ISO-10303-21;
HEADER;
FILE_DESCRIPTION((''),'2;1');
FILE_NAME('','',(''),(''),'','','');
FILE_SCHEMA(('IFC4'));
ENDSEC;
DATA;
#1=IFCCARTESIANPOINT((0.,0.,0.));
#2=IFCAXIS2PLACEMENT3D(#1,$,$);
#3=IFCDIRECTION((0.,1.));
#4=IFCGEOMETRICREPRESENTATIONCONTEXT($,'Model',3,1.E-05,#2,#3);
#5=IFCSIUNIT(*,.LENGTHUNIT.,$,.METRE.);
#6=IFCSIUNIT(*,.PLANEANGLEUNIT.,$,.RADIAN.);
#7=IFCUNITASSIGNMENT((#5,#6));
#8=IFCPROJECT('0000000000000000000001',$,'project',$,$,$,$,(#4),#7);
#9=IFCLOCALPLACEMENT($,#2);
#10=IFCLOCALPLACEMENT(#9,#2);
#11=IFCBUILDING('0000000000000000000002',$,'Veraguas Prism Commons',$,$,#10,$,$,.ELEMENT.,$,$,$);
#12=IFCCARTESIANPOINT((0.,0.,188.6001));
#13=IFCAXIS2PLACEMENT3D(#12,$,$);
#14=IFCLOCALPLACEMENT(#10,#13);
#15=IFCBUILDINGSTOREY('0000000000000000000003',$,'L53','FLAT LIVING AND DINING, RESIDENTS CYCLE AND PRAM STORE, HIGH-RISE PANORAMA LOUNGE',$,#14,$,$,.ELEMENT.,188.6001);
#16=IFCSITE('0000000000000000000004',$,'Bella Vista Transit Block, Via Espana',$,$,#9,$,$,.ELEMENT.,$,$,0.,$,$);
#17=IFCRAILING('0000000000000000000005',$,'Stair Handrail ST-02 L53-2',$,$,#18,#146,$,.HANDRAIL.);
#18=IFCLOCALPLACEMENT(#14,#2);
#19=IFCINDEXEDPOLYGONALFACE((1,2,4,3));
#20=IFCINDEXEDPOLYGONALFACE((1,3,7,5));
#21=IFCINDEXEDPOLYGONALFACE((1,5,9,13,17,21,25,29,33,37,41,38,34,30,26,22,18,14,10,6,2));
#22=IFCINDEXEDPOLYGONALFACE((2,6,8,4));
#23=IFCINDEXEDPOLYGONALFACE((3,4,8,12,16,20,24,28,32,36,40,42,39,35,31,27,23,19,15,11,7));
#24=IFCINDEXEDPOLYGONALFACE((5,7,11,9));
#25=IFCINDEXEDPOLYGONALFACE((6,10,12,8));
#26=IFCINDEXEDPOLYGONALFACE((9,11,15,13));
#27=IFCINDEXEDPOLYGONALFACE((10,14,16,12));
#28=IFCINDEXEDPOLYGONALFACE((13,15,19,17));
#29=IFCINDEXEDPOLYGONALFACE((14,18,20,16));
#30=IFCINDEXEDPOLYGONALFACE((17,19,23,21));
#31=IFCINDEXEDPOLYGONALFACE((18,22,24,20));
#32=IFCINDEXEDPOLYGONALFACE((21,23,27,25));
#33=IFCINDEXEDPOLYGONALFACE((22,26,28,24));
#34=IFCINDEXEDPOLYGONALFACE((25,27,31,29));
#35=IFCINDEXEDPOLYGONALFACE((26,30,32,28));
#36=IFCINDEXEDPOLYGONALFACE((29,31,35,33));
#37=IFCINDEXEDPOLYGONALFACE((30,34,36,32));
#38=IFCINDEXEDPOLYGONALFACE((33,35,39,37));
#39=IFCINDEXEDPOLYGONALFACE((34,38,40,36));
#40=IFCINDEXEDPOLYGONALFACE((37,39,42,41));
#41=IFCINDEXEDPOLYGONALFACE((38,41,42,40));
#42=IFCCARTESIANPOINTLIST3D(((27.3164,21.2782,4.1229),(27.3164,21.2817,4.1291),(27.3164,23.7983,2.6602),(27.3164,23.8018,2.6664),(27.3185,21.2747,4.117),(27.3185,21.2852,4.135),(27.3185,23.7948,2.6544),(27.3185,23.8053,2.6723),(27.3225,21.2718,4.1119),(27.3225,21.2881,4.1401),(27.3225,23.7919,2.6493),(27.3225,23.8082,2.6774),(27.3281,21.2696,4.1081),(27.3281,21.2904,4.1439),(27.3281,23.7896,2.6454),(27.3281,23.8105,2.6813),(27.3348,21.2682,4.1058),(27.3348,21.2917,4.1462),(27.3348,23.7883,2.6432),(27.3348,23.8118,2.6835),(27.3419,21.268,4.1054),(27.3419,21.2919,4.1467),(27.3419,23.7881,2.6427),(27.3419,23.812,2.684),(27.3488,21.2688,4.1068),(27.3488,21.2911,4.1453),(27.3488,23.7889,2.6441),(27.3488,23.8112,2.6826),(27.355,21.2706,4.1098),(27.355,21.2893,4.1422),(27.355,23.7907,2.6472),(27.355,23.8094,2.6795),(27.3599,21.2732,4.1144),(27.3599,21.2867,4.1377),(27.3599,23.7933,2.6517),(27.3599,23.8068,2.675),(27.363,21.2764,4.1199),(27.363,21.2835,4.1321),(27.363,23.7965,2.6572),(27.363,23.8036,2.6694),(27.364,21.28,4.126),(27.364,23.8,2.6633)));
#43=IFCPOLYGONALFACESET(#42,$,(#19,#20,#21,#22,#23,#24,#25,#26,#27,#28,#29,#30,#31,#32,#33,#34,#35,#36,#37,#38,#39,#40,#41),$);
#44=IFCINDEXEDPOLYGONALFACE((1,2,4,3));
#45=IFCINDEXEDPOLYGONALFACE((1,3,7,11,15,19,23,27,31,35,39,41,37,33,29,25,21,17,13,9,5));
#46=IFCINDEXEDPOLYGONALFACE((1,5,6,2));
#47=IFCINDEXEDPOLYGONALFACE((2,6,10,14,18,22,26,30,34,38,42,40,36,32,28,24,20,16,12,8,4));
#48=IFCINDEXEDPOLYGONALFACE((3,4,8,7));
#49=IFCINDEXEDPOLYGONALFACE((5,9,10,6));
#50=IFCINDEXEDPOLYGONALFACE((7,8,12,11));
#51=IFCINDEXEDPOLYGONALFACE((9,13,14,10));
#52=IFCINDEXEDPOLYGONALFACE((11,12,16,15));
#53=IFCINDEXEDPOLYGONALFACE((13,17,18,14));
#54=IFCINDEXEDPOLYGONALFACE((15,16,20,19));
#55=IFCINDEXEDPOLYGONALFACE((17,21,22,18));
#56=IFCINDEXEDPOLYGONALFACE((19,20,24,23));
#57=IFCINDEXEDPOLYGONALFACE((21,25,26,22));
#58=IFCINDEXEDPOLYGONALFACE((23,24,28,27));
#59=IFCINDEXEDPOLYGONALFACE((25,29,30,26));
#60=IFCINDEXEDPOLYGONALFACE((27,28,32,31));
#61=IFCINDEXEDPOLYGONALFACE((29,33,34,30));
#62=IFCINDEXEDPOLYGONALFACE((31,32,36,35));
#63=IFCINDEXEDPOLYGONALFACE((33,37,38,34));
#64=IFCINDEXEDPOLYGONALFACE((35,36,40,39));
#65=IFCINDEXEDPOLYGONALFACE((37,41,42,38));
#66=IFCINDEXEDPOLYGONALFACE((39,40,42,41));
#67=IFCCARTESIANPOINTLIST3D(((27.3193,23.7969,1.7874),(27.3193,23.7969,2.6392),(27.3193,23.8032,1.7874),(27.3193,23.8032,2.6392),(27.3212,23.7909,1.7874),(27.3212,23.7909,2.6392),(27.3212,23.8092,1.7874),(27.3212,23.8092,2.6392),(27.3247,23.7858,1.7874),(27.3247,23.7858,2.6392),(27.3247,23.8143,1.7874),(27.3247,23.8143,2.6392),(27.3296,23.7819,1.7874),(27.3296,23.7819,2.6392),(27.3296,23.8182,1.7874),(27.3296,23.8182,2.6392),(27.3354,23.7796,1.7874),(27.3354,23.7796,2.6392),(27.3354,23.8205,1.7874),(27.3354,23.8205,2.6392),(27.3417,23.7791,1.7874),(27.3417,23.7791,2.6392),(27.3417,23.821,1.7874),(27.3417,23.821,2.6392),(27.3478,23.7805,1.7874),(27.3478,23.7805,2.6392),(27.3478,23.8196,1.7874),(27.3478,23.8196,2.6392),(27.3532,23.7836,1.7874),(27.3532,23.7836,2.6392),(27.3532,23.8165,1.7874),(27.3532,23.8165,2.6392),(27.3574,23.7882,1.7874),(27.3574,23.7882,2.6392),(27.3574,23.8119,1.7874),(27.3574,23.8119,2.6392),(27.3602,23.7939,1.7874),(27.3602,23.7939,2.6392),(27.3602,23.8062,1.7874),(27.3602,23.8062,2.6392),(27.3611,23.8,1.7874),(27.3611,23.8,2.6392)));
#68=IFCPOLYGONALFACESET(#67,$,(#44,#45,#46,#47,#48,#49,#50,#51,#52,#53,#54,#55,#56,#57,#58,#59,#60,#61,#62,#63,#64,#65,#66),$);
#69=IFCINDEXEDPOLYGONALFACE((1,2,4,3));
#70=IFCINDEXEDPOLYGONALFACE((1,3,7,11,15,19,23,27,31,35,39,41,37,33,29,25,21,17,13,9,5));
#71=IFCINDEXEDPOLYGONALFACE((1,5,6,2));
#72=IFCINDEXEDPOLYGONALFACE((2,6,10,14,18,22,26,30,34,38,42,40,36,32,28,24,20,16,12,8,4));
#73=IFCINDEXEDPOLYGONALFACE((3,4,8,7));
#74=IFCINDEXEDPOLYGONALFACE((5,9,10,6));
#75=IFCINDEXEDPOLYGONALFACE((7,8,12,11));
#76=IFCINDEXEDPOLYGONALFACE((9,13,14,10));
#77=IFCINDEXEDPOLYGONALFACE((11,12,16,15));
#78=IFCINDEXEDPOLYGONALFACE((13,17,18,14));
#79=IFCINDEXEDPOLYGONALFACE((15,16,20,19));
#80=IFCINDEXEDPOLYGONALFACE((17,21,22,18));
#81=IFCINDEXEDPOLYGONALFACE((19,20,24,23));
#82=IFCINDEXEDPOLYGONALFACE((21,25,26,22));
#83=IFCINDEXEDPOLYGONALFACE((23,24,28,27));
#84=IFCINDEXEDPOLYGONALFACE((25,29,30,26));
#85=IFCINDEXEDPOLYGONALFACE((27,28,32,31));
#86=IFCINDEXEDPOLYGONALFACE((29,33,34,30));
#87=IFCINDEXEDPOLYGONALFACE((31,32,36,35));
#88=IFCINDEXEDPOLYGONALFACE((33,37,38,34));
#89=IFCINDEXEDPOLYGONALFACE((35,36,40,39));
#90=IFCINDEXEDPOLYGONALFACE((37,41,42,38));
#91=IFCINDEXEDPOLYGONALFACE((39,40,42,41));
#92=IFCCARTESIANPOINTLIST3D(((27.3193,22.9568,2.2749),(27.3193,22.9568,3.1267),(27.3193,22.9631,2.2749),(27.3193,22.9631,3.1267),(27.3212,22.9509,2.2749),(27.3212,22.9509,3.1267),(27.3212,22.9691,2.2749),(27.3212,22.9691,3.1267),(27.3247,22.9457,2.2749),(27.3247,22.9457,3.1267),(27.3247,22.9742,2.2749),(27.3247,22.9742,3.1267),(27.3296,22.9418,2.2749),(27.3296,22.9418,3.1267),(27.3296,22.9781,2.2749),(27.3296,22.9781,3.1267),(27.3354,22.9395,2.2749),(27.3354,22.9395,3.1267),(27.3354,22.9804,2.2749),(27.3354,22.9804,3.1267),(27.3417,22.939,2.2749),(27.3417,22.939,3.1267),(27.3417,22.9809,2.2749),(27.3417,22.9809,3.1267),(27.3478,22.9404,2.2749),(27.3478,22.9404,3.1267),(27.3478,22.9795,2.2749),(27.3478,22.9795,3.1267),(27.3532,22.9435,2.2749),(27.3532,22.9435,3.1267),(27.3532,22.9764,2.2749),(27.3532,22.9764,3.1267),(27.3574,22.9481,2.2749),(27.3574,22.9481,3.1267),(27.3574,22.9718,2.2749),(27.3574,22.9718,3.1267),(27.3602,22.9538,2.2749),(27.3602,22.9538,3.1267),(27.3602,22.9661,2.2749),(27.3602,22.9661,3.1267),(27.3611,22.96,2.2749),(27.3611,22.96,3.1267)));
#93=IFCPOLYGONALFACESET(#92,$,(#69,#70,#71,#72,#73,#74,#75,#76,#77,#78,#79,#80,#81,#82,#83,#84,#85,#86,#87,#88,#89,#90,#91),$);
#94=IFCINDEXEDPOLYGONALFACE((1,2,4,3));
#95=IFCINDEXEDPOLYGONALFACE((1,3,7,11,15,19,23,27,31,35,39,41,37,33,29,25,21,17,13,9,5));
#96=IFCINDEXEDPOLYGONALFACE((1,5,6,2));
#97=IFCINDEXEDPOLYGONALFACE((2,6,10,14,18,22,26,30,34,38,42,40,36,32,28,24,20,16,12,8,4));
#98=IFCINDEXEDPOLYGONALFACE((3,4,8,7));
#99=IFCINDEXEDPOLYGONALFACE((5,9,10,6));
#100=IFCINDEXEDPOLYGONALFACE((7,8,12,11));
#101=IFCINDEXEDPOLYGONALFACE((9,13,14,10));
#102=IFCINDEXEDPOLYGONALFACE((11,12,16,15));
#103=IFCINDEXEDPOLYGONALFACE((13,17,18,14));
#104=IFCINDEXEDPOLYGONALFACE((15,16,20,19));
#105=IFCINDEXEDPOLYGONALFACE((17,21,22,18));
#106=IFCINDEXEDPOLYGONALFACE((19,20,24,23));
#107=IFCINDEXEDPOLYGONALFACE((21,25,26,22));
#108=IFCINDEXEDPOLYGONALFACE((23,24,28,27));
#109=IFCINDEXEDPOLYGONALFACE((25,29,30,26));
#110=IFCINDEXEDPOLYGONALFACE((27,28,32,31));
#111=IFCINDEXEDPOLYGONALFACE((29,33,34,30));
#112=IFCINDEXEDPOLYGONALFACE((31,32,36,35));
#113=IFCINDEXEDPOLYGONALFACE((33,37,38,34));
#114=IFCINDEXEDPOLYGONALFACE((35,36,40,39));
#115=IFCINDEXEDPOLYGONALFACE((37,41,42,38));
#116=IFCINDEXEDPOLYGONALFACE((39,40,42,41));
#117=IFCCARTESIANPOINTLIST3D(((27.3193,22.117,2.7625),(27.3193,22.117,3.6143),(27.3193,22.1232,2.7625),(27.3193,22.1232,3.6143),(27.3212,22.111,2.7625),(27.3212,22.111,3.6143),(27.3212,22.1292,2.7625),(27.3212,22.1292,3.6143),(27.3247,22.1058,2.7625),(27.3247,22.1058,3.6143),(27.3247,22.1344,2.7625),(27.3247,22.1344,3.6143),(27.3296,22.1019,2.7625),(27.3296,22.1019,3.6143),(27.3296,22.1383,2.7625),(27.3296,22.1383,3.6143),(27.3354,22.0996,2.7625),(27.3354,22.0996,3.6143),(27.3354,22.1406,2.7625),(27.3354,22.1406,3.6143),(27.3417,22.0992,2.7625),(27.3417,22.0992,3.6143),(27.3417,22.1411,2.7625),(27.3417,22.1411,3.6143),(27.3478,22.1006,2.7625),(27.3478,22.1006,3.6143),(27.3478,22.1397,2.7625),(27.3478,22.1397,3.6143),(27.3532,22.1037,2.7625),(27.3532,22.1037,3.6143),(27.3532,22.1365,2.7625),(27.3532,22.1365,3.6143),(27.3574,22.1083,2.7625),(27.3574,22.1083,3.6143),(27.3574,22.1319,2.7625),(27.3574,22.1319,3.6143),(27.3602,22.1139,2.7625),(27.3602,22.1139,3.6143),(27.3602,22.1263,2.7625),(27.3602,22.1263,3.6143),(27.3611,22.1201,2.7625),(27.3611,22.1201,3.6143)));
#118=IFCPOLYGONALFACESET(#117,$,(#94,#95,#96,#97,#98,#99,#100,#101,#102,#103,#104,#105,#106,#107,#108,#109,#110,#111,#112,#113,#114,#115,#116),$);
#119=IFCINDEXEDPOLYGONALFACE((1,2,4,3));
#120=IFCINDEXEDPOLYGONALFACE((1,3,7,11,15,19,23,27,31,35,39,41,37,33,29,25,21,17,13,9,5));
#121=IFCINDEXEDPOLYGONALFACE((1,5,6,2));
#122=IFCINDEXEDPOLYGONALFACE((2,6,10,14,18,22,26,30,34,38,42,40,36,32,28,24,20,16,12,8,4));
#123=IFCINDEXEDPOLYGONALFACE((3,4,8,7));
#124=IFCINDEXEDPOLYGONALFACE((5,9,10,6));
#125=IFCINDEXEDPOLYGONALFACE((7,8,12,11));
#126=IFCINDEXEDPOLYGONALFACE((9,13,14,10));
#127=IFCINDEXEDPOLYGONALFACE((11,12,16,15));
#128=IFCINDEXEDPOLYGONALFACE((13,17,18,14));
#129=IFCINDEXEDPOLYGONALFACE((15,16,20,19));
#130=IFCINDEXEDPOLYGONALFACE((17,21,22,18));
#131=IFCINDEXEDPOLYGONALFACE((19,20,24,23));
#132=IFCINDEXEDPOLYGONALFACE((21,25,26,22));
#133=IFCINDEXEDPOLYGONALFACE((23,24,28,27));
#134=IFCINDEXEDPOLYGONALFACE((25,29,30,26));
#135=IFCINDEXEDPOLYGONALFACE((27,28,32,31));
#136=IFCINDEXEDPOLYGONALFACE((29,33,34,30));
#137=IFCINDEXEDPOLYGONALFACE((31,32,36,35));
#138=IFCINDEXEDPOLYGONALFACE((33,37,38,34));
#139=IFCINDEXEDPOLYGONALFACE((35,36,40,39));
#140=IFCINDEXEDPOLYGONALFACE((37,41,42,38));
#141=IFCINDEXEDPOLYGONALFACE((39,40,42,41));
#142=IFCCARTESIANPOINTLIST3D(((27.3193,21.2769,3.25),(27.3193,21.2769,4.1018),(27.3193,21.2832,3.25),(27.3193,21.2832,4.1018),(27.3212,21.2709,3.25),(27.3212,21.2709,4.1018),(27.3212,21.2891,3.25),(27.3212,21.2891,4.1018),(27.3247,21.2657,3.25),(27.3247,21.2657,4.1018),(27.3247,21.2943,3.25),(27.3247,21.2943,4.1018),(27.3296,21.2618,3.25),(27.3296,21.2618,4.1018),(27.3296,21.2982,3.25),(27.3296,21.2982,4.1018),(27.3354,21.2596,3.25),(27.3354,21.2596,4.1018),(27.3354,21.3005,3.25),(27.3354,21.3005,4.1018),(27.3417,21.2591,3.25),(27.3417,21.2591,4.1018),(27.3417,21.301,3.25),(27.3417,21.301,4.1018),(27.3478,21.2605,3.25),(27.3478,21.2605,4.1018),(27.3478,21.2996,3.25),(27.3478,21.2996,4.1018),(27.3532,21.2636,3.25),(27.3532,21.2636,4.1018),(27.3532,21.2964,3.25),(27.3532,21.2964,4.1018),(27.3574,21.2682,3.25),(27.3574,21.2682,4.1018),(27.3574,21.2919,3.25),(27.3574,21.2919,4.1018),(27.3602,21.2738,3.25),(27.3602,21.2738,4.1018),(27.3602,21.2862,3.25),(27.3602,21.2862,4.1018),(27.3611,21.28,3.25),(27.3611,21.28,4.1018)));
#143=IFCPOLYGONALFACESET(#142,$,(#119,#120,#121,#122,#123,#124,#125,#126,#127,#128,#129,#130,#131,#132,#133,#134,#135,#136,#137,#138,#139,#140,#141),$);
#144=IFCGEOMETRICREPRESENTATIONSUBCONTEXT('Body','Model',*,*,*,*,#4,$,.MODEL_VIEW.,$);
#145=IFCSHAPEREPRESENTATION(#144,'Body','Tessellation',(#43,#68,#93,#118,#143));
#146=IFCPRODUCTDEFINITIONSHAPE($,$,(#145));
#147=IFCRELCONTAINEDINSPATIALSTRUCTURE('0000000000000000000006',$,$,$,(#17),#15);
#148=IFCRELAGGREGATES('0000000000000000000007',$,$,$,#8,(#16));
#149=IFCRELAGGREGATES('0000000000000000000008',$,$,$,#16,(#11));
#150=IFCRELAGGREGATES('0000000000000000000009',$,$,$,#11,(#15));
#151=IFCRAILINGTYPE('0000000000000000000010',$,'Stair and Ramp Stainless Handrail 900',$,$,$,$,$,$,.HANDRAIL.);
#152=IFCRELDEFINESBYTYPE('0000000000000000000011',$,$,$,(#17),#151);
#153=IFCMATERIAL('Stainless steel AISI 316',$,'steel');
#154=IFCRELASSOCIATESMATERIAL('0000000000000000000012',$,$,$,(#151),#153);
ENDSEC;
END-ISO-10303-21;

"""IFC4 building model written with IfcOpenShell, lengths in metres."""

from ifc_helpers import new_model, si_unit, direction, frame, origin, origin_2d, place, context, subcontext, project, spatial, circle, extrude, material, type_object, element, save


model = new_model("IFC4")

# Units and contexts
model_context = context("Model", 3, precision=1e-05, world=origin(), true_north=direction((0.0, 1.0)))
body_context = subcontext(model_context, "Body", "Model", "MODEL_VIEW")
ifc_project = project(units=[si_unit("LENGTHUNIT", "METRE"), si_unit("PLANEANGLEUNIT", "RADIAN")], contexts=[model_context])

# Site, building, storey
site_placement = place(None, origin())
site = spatial("IfcSite", under=ifc_project, at=site_placement, Name="Bella Vista Transit Block, Via Espana", CompositionType="ELEMENT", RefElevation=0.0)
building_placement = place(site_placement, origin())
building = spatial("IfcBuilding", under=site, at=building_placement, Name="Veraguas Prism Commons", CompositionType="ELEMENT")
storey_placement = place(building_placement, frame((0.0, 0.0, 188.6001)))
storey = spatial("IfcBuildingStorey", under=building, at=storey_placement, Name="L53", Description="FLAT LIVING AND DINING, RESIDENTS CYCLE AND PRAM STORE, HIGH-RISE PANORAMA LOUNGE", CompositionType="ELEMENT", Elevation=188.6001)

# Railing
ifc_material_1 = material(Name="Stainless steel AISI 316", Category="steel")
railing_type_1 = type_object("IfcRailingType", Name="Stair and Ramp Stainless Handrail 900", PredefinedType="HANDRAIL", material=ifc_material_1)
railing_1_placement = place(storey_placement, frame((27.3401, 23.8, 1.7874)))
element("IfcRailing", 1, at=railing_1_placement, inside=storey, type_object=railing_type_1, Name="Stair Handrail ST-02 L53-2", PredefinedType="HANDRAIL", context=body_context, shape_type="SweptSolid", body=[
    extrude(circle(Radius=0.0239, at=origin_2d()), frame((0.0, 0.0, 0.876), z_axis=(0.0, -0.864877, 0.501984), x_axis=(1.0, 0.0, 0.0)), (0.0, 0.0, 1.0), 2.9138),
    extrude(circle(Radius=0.021, at=origin_2d()), origin(), (0.0, 0.0, 1.0), 0.8518),
    extrude(circle(Radius=0.021, at=origin_2d()), frame((0.0, -0.8401, 0.4875)), (0.0, 0.0, 1.0), 0.8518),
    extrude(circle(Radius=0.021, at=origin_2d()), frame((0.0, -1.6799, 0.9751)), (0.0, 0.0, 1.0), 0.8518),
    extrude(circle(Radius=0.021, at=origin_2d()), frame((0.0, -2.52, 1.4626)), (0.0, 0.0, 1.0), 0.8518),
])

save(model, "model.ifc")
